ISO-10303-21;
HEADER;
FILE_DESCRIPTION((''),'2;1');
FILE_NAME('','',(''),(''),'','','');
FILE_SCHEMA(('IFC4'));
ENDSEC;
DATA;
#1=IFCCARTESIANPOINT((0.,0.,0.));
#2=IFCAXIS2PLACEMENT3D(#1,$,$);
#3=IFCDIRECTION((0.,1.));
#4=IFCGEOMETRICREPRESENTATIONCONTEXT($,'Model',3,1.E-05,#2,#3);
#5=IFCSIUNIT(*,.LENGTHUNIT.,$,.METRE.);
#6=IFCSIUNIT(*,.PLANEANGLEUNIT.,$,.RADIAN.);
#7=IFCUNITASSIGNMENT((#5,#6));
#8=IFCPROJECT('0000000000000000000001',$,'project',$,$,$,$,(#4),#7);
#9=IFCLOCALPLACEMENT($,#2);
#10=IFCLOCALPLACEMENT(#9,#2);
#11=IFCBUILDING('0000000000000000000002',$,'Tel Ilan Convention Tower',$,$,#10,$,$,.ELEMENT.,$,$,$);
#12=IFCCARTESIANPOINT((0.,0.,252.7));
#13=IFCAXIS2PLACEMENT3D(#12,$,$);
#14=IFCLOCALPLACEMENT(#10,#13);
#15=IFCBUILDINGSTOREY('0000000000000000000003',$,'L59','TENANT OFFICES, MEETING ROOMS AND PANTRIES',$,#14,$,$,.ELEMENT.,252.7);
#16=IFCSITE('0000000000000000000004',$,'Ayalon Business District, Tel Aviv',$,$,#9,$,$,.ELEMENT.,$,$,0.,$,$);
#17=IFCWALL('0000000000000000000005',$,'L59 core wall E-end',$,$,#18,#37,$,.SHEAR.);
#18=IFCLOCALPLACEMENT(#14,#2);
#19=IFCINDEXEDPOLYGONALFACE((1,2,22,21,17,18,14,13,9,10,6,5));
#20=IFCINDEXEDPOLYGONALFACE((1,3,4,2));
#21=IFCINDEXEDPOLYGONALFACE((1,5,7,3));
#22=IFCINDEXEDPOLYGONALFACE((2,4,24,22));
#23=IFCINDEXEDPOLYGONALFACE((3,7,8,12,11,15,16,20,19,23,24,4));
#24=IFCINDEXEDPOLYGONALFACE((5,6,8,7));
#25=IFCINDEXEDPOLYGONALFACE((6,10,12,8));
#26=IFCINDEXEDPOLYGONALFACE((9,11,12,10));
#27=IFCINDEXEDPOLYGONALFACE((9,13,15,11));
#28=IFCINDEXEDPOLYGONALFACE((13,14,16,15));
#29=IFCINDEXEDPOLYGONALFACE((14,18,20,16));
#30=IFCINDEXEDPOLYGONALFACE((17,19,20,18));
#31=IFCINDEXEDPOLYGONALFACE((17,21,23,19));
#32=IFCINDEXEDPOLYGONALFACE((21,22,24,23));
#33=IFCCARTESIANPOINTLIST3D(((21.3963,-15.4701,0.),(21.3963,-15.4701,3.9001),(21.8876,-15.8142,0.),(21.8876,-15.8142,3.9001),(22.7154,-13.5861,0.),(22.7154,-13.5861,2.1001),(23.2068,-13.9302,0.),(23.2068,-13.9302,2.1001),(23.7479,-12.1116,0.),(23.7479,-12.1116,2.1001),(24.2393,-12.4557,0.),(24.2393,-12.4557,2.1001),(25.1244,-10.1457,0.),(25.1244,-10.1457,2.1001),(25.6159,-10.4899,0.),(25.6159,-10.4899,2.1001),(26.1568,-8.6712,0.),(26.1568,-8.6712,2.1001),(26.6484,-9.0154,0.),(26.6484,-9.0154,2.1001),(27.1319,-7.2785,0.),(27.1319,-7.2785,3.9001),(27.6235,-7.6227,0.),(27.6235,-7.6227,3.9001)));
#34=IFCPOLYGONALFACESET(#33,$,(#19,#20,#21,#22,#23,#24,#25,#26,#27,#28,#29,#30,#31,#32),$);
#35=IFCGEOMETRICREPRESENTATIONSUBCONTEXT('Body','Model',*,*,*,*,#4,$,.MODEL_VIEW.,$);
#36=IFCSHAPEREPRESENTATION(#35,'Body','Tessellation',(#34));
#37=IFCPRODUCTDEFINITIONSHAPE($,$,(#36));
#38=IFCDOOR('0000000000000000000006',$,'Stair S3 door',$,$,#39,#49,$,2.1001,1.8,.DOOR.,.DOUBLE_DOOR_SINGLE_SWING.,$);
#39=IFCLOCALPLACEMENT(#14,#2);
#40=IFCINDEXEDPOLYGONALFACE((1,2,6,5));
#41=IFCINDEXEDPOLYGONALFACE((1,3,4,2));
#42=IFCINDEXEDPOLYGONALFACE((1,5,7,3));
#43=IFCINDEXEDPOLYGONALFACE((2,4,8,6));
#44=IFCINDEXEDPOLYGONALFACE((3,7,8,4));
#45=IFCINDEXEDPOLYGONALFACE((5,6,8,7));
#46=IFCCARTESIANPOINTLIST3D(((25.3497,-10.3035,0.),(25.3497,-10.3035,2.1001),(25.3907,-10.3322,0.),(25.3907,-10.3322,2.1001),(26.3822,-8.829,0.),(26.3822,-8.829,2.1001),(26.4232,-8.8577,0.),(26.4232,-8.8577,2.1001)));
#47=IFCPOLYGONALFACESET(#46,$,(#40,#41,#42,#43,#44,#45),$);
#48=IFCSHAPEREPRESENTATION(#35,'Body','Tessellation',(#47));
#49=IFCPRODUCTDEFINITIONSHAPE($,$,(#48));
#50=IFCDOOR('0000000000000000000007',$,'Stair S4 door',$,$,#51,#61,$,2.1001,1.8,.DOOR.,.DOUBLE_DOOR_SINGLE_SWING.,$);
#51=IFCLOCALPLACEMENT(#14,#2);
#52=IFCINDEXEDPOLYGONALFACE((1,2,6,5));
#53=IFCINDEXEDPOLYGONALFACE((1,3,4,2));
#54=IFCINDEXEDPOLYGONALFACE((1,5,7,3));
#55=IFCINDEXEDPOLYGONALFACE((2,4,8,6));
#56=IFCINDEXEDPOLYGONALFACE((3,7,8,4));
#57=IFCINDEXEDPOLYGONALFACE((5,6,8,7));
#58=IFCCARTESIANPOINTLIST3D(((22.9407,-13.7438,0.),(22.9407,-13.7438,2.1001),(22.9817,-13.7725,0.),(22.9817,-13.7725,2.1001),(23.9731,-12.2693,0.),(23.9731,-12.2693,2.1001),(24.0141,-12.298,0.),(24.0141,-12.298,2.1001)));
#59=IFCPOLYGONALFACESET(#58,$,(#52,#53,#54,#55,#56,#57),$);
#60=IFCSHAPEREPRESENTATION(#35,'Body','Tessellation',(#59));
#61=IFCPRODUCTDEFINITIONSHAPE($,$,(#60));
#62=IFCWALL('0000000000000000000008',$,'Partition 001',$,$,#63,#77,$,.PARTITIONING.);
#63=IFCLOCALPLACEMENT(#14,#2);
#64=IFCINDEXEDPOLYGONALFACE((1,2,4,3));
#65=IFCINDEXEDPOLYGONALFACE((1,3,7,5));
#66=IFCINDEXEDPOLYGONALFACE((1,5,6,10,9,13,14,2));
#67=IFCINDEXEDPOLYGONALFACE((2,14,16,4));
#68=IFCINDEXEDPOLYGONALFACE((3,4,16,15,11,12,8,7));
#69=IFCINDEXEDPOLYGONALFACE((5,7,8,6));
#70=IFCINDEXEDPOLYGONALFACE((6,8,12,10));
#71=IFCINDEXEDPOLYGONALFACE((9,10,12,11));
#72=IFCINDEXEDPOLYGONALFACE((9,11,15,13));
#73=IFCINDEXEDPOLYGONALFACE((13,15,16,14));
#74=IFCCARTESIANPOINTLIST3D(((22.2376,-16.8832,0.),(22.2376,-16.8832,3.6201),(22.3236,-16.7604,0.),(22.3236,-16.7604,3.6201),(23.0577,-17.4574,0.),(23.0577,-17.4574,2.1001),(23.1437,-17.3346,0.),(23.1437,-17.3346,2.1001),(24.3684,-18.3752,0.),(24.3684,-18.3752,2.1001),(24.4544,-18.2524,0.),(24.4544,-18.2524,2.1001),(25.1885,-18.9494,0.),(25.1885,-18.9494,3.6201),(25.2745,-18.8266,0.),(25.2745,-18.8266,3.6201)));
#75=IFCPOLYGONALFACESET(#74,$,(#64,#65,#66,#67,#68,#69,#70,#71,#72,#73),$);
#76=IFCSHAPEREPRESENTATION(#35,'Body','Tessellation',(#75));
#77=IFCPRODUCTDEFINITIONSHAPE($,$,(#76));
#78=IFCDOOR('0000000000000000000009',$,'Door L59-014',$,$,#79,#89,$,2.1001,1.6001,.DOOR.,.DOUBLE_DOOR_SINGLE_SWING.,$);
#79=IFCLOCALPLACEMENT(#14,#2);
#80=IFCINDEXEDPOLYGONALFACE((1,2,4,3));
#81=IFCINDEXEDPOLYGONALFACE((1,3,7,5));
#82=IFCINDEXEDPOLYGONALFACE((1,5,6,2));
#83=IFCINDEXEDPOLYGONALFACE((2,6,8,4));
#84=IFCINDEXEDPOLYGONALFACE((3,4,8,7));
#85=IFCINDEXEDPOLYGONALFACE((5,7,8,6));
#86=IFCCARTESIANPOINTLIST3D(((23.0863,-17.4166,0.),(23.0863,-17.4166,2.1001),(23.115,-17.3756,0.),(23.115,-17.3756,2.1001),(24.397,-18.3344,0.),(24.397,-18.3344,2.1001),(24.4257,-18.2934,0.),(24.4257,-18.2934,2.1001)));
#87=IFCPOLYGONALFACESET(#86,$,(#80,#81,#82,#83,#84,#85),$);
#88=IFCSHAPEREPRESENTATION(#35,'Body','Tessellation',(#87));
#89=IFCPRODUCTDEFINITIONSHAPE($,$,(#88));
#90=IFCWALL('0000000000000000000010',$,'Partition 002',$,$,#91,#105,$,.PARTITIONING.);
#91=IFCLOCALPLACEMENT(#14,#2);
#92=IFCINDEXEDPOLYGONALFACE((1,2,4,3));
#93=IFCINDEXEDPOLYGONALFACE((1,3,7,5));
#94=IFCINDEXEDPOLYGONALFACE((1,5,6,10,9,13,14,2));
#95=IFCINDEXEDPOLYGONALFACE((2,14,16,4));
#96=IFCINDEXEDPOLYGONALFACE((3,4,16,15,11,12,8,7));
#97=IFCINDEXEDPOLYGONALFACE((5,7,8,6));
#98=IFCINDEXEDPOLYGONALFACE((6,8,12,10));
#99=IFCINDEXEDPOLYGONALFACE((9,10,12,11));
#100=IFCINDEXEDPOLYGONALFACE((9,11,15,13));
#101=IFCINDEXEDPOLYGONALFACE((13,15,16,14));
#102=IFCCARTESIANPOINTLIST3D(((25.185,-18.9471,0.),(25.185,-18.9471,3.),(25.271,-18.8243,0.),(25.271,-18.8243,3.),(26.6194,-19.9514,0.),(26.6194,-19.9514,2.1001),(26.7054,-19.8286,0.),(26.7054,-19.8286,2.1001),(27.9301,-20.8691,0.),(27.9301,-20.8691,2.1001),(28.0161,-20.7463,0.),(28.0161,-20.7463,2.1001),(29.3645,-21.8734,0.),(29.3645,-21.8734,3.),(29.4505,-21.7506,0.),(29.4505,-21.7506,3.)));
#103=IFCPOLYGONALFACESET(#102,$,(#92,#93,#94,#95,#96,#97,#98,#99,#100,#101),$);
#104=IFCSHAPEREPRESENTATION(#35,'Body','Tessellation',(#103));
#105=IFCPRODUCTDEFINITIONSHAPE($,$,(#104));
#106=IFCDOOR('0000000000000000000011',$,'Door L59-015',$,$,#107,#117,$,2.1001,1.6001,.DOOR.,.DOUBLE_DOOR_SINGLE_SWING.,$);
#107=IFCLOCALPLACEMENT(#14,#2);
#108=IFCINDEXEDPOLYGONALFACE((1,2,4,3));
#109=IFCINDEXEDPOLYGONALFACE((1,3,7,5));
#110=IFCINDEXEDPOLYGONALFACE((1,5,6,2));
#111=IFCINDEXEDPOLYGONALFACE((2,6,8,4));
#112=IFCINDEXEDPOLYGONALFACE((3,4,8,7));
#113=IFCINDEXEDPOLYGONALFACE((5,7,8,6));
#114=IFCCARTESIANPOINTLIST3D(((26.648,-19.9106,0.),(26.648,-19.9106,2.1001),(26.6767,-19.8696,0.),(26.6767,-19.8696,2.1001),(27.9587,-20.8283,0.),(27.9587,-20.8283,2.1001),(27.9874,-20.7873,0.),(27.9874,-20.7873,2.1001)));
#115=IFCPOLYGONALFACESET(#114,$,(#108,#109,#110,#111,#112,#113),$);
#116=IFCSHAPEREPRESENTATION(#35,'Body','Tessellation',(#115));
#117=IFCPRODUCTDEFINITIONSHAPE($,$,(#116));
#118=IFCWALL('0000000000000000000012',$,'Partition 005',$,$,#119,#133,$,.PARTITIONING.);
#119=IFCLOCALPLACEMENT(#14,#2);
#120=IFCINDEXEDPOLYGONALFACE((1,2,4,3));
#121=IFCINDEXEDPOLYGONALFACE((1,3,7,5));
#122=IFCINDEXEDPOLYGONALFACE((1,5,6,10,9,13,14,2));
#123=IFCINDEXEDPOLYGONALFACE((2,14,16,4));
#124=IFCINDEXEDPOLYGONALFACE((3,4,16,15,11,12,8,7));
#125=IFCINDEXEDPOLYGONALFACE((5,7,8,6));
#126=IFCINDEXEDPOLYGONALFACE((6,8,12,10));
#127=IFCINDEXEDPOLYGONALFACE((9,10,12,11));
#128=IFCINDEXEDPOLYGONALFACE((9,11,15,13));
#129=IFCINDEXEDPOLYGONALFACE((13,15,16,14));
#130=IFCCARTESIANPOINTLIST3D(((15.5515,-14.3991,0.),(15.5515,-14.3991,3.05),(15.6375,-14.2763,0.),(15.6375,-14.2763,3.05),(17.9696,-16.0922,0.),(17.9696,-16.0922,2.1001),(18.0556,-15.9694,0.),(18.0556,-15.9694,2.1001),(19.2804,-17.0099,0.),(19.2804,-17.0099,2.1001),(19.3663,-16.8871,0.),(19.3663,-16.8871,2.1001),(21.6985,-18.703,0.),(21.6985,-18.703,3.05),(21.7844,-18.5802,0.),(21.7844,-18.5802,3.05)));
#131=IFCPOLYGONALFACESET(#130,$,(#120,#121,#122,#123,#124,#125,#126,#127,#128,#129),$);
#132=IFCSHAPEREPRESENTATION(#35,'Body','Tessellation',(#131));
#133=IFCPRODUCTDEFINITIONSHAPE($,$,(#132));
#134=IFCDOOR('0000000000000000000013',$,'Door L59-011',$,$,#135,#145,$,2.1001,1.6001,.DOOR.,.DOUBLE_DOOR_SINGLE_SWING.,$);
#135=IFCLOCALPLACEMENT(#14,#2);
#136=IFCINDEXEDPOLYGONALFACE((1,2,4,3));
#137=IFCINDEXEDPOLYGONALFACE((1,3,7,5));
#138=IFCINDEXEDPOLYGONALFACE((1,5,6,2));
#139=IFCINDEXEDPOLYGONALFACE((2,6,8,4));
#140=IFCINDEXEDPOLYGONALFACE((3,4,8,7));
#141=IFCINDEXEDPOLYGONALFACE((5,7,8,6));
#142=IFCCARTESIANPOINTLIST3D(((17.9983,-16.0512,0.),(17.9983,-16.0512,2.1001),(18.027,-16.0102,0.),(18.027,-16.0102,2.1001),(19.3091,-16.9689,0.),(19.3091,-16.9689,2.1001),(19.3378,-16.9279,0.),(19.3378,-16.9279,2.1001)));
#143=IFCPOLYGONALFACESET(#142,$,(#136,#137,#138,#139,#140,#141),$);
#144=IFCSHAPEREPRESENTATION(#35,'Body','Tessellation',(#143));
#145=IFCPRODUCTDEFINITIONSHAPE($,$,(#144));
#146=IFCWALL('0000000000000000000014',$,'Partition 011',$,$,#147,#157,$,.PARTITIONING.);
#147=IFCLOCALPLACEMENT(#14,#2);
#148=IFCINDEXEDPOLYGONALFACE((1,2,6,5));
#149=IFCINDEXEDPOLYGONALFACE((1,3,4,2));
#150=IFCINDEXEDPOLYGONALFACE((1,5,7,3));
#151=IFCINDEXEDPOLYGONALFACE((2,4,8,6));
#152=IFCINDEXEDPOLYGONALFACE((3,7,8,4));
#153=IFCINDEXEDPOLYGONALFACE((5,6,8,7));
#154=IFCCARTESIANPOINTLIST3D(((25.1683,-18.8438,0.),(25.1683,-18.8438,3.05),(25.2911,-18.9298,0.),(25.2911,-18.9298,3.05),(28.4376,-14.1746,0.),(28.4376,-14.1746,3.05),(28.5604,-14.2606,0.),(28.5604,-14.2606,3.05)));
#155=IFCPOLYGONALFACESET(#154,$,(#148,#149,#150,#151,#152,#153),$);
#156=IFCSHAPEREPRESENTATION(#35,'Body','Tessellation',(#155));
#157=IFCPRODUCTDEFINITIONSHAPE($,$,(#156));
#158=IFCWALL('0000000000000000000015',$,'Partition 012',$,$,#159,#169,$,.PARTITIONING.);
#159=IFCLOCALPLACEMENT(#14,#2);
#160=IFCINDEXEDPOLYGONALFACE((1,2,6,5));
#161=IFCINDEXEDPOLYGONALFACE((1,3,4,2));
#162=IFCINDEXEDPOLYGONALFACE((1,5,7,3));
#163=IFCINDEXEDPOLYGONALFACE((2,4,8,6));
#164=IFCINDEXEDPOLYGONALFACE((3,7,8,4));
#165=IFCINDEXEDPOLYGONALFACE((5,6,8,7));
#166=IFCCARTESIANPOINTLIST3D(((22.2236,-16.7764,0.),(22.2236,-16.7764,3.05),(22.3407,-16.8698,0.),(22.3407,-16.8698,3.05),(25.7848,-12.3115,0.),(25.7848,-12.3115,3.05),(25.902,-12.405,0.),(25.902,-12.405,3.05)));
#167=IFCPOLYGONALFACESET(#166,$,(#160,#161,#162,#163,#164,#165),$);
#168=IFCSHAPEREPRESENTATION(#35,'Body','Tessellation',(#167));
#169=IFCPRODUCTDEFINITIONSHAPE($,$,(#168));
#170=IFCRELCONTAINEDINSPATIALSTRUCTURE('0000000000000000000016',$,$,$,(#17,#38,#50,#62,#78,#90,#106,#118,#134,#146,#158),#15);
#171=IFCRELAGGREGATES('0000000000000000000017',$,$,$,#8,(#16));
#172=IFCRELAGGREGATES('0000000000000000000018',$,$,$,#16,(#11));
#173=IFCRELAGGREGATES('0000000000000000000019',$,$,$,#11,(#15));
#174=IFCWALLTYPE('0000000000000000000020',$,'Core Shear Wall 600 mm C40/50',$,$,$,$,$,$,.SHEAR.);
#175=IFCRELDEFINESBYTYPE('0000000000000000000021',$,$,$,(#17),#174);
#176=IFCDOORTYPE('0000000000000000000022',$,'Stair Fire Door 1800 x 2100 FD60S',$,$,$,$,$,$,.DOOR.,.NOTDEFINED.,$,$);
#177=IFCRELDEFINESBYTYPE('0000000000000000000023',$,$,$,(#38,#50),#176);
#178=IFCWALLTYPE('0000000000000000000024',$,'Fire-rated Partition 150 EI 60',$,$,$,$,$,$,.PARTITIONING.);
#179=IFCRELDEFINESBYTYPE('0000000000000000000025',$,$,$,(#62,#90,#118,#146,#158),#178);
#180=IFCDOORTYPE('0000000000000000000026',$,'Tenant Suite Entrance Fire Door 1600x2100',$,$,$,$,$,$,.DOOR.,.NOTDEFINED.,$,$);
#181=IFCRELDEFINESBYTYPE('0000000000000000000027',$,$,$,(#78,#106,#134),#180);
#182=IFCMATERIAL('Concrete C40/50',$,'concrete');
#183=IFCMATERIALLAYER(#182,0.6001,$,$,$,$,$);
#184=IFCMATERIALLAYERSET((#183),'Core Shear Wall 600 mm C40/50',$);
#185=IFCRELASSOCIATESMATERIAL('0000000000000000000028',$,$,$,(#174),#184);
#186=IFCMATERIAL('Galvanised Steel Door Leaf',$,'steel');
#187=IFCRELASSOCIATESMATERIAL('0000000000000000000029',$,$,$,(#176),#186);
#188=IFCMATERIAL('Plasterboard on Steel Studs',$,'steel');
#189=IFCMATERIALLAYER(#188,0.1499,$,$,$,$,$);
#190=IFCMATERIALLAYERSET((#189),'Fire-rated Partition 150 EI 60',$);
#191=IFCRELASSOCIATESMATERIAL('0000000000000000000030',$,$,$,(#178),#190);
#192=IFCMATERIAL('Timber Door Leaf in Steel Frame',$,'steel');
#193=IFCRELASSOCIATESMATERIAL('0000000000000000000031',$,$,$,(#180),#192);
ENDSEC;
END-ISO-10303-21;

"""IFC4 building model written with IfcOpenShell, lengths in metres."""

from ifc_helpers import new_model, si_unit, direction, frame, frame_2d, origin, place, context, subcontext, project, spatial, polyline, rectangle, outline, extrude, material, layer, layer_set, type_object, element, fill, save


model = new_model("IFC4")

# Units and contexts
model_context = context("Model", 3, precision=1e-05, world=origin(), true_north=direction((0.0, 1.0)))
body_context = subcontext(model_context, "Body", "Model", "MODEL_VIEW")
ifc_project = project(units=[si_unit("LENGTHUNIT", "METRE"), si_unit("PLANEANGLEUNIT", "RADIAN")], contexts=[model_context])

# Site, building, storey
site_placement = place(None, origin())
site = spatial("IfcSite", under=ifc_project, at=site_placement, Name="Ayalon Business District, Tel Aviv", CompositionType="ELEMENT", RefElevation=0.0)
building_placement = place(site_placement, origin())
building = spatial("IfcBuilding", under=site, at=building_placement, Name="Tel Ilan Convention Tower", CompositionType="ELEMENT")
storey_placement = place(building_placement, frame((0.0, 0.0, 252.7)))
storey = spatial("IfcBuildingStorey", under=building, at=storey_placement, Name="L59", Description="TENANT OFFICES, MEETING ROOMS AND PANTRIES", CompositionType="ELEMENT", Elevation=252.7)

# Wall, openings, doors
ifc_material_1 = material(Name="Concrete C40/50", Category="concrete")
ifc_layer_1 = layer(ifc_material_1, 0.6001)
ifc_layer_set_1 = layer_set([ifc_layer_1], Name="Core Shear Wall 600 mm C40/50")
wall_type_1 = type_object("IfcWallType", Name="Core Shear Wall 600 mm C40/50", PredefinedType="SHEAR", material=ifc_layer_set_1)
wall_1_placement = place(storey_placement, frame((21.6418, -15.6421, 0.0), z_axis=(0.0, 0.0, 1.0), x_axis=(0.573587, 0.819145, 0.0)))
wall_1 = element("IfcWall", 1, at=wall_1_placement, inside=storey, type_object=wall_type_1, Name="L59 core wall E-end", PredefinedType="SHEAR", context=body_context, shape_type="SweptSolid", body=[
    extrude(outline(polyline([(10.0, 0.3), (0.0, 0.2998), (0.0, -0.3), (10.0, -0.3), (10.0, 0.3)])), origin(), (0.0, 0.0, 1.0), 3.9001),
])
opening_1_placement = place(wall_1_placement, frame((6.5, 0.0, 0.0)))
opening_1 = element("IfcOpeningElement", 2, at=opening_1_placement, cuts=wall_1, PredefinedType="OPENING", context=body_context, shape_type="SweptSolid", body=[
    extrude(rectangle(XDim=1.8, YDim=2.1001, at=frame_2d((0.8999, 1.05))), frame((0.0, 0.3101, 0.0), z_axis=(0.0, -1.0, 0.0), x_axis=(1.0, 0.0, 0.0)), (0.0, 0.0, 1.0), 0.6201),
])
opening_2_placement = place(wall_1_placement, frame((2.3, 0.0, 0.0)))
opening_2 = element("IfcOpeningElement", 3, at=opening_2_placement, cuts=wall_1, PredefinedType="OPENING", context=body_context, shape_type="SweptSolid", body=[
    extrude(rectangle(XDim=1.8, YDim=2.1001, at=frame_2d((0.8999, 1.05))), frame((0.0, 0.3101, 0.0), z_axis=(0.0, -1.0, 0.0), x_axis=(1.0, 0.0, 0.0)), (0.0, 0.0, 1.0), 0.6201),
])
ifc_material_2 = material(Name="Galvanised Steel Door Leaf", Category="steel")
door_type_1 = type_object("IfcDoorType", Name="Stair Fire Door 1800 x 2100 FD60S", OperationType="NOTDEFINED", PredefinedType="DOOR", material=ifc_material_2)
door_1_placement = place(opening_1_placement, origin())
door_1 = element("IfcDoor", 4, at=door_1_placement, inside=storey, type_object=door_type_1, Name="Stair S3 door", OperationType="DOUBLE_DOOR_SINGLE_SWING", OverallHeight=2.1001, OverallWidth=1.8, PredefinedType="DOOR", context=body_context, shape_type="SweptSolid", body=[
    extrude(rectangle(XDim=1.8, YDim=2.1001, at=frame_2d((0.8999, 1.05))), frame((0.0, 0.0249, 0.0), z_axis=(0.0, -1.0, 0.0), x_axis=(1.0, 0.0, 0.0)), (0.0, 0.0, 1.0), 0.05),
])
fill(opening_1, door_1)
door_2_placement = place(opening_2_placement, origin())
door_2 = element("IfcDoor", 5, at=door_2_placement, inside=storey, type_object=door_type_1, Name="Stair S4 door", OperationType="DOUBLE_DOOR_SINGLE_SWING", OverallHeight=2.1001, OverallWidth=1.8, PredefinedType="DOOR", context=body_context, shape_type="SweptSolid", body=[
    extrude(rectangle(XDim=1.8, YDim=2.1001, at=frame_2d((0.8999, 1.05))), frame((0.0, 0.0249, 0.0), z_axis=(0.0, -1.0, 0.0), x_axis=(1.0, 0.0, 0.0)), (0.0, 0.0, 1.0), 0.05),
])
fill(opening_2, door_2)

# Walls, openings, doors
ifc_material_3 = material(Name="Plasterboard on Steel Studs", Category="steel")
ifc_layer_2 = layer(ifc_material_3, 0.1499)
ifc_layer_set_2 = layer_set([ifc_layer_2], Name="Fire-rated Partition 150 EI 60")
wall_type_2 = type_object("IfcWallType", Name="Fire-rated Partition 150 EI 60", PredefinedType="PARTITIONING", material=ifc_layer_set_2)
wall_2_placement = place(storey_placement, frame((22.2805, -16.8218, 0.0), z_axis=(0.0, 0.0, 1.0), x_axis=(0.819165, -0.573558, 0.0)))
wall_2 = element("IfcWall", 6, at=wall_2_placement, inside=storey, type_object=wall_type_2, Name="Partition 001", PredefinedType="PARTITIONING", context=body_context, shape_type="SweptSolid", body=[
    extrude(rectangle(XDim=3.6023, YDim=0.1499, at=frame_2d((1.8013, 0.0))), origin(), (0.0, 0.0, 1.0), 3.6201),
])
opening_3_placement = place(wall_2_placement, frame((1.0012, 0.0, 0.0)))
opening_3 = element("IfcOpeningElement", 7, at=opening_3_placement, cuts=wall_2, PredefinedType="OPENING", context=body_context, shape_type="SweptSolid", body=[
    extrude(rectangle(XDim=1.6001, YDim=2.1001, at=frame_2d((0.8, 1.05))), frame((0.0, 0.085, 0.0), z_axis=(0.0, -1.0, 0.0), x_axis=(1.0, 0.0, 0.0)), (0.0, 0.0, 1.0), 0.1699),
])
ifc_material_4 = material(Name="Timber Door Leaf in Steel Frame", Category="steel")
door_type_2 = type_object("IfcDoorType", Name="Tenant Suite Entrance Fire Door 1600x2100", OperationType="NOTDEFINED", PredefinedType="DOOR", material=ifc_material_4)
door_3_placement = place(opening_3_placement, origin())
door_3 = element("IfcDoor", 8, at=door_3_placement, inside=storey, type_object=door_type_2, Name="Door L59-014", OperationType="DOUBLE_DOOR_SINGLE_SWING", OverallHeight=2.1001, OverallWidth=1.6001, PredefinedType="DOOR", context=body_context, shape_type="SweptSolid", body=[
    extrude(rectangle(XDim=1.6001, YDim=2.1001, at=frame_2d((0.8, 1.05))), frame((0.0, 0.0249, 0.0), z_axis=(0.0, -1.0, 0.0), x_axis=(1.0, 0.0, 0.0)), (0.0, 0.0, 1.0), 0.05),
])
fill(opening_3, door_3)
wall_3_placement = place(storey_placement, frame((25.228, -18.8857, 0.0), z_axis=(0.0, 0.0, 1.0), x_axis=(0.819171, -0.573549, 0.0)))
wall_3 = element("IfcWall", 9, at=wall_3_placement, inside=storey, type_object=wall_type_2, Name="Partition 002", PredefinedType="PARTITIONING", context=body_context, shape_type="SweptSolid", body=[
    extrude(rectangle(XDim=5.1021, YDim=0.1499, at=frame_2d((2.551, 0.0))), origin(), (0.0, 0.0, 1.0), 3.0),
])
opening_4_placement = place(wall_3_placement, frame((1.751, 0.0, 0.0)))
opening_4 = element("IfcOpeningElement", 10, at=opening_4_placement, cuts=wall_3, PredefinedType="OPENING", context=body_context, shape_type="SweptSolid", body=[
    extrude(rectangle(XDim=1.6001, YDim=2.1001, at=frame_2d((0.8, 1.05))), frame((0.0, 0.085, 0.0), z_axis=(0.0, -1.0, 0.0), x_axis=(1.0, 0.0, 0.0)), (0.0, 0.0, 1.0), 0.1699),
])
door_4_placement = place(opening_4_placement, origin())
door_4 = element("IfcDoor", 11, at=door_4_placement, inside=storey, type_object=door_type_2, Name="Door L59-015", OperationType="DOUBLE_DOOR_SINGLE_SWING", OverallHeight=2.1001, OverallWidth=1.6001, PredefinedType="DOOR", context=body_context, shape_type="SweptSolid", body=[
    extrude(rectangle(XDim=1.6001, YDim=2.1001, at=frame_2d((0.8, 1.05))), frame((0.0, 0.0249, 0.0), z_axis=(0.0, -1.0, 0.0), x_axis=(1.0, 0.0, 0.0)), (0.0, 0.0, 1.0), 0.05),
])
fill(opening_4, door_4)
wall_4_placement = place(storey_placement, frame((21.7415, -18.6416, 0.0), z_axis=(0.0, 0.0, 1.0), x_axis=(-0.819165, 0.573558, 0.0)))
wall_4 = element("IfcWall", 12, at=wall_4_placement, inside=storey, type_object=wall_type_2, Name="Partition 005", PredefinedType="PARTITIONING", context=body_context, shape_type="SweptSolid", body=[
    extrude(rectangle(XDim=7.5039, YDim=0.1499, at=frame_2d((3.752, 0.0))), origin(), (0.0, 0.0, 1.0), 3.05),
])
opening_5_placement = place(wall_4_placement, frame((2.9519, 0.0, 0.0)))
opening_5 = element("IfcOpeningElement", 13, at=opening_5_placement, cuts=wall_4, PredefinedType="OPENING", context=body_context, shape_type="SweptSolid", body=[
    extrude(rectangle(XDim=1.6001, YDim=2.1001, at=frame_2d((0.8, 1.05))), frame((0.0, 0.085, 0.0), z_axis=(0.0, -1.0, 0.0), x_axis=(1.0, 0.0, 0.0)), (0.0, 0.0, 1.0), 0.1699),
])
door_5_placement = place(opening_5_placement, origin())
door_5 = element("IfcDoor", 14, at=door_5_placement, inside=storey, type_object=door_type_2, Name="Door L59-011", OperationType="DOUBLE_DOOR_SINGLE_SWING", OverallHeight=2.1001, OverallWidth=1.6001, PredefinedType="DOOR", context=body_context, shape_type="SweptSolid", body=[
    extrude(rectangle(XDim=1.6001, YDim=2.1001, at=frame_2d((0.8, 1.05))), frame((0.0, 0.0249, 0.0), z_axis=(0.0, -1.0, 0.0), x_axis=(1.0, 0.0, 0.0)), (0.0, 0.0, 1.0), 0.05),
])
fill(opening_5, door_5)

# Walls
wall_5_placement = place(storey_placement, frame((28.499, -14.2175, 0.0), z_axis=(0.0, 0.0, 1.0), x_axis=(-0.573563, -0.819161, 0.0)))
element("IfcWall", 15, at=wall_5_placement, inside=storey, type_object=wall_type_2, Name="Partition 011", PredefinedType="PARTITIONING", context=body_context, shape_type="SweptSolid", body=[
    extrude(rectangle(XDim=5.7, YDim=0.1499, at=frame_2d((2.8501, 0.0))), origin(), (0.0, 0.0, 1.0), 3.05),
])
wall_6_placement = place(storey_placement, frame((22.2822, -16.823, 0.0), z_axis=(0.0, 0.0, 1.0), x_axis=(0.623563, 0.781773, 0.0)))
element("IfcWall", 16, at=wall_6_placement, inside=storey, type_object=wall_type_2, Name="Partition 012", PredefinedType="PARTITIONING", context=body_context, shape_type="SweptSolid", body=[
    extrude(rectangle(XDim=5.7112, YDim=0.1499, at=frame_2d((2.8555, 0.0))), origin(), (0.0, 0.0, 1.0), 3.05),
])

save(model, "model.ifc")
